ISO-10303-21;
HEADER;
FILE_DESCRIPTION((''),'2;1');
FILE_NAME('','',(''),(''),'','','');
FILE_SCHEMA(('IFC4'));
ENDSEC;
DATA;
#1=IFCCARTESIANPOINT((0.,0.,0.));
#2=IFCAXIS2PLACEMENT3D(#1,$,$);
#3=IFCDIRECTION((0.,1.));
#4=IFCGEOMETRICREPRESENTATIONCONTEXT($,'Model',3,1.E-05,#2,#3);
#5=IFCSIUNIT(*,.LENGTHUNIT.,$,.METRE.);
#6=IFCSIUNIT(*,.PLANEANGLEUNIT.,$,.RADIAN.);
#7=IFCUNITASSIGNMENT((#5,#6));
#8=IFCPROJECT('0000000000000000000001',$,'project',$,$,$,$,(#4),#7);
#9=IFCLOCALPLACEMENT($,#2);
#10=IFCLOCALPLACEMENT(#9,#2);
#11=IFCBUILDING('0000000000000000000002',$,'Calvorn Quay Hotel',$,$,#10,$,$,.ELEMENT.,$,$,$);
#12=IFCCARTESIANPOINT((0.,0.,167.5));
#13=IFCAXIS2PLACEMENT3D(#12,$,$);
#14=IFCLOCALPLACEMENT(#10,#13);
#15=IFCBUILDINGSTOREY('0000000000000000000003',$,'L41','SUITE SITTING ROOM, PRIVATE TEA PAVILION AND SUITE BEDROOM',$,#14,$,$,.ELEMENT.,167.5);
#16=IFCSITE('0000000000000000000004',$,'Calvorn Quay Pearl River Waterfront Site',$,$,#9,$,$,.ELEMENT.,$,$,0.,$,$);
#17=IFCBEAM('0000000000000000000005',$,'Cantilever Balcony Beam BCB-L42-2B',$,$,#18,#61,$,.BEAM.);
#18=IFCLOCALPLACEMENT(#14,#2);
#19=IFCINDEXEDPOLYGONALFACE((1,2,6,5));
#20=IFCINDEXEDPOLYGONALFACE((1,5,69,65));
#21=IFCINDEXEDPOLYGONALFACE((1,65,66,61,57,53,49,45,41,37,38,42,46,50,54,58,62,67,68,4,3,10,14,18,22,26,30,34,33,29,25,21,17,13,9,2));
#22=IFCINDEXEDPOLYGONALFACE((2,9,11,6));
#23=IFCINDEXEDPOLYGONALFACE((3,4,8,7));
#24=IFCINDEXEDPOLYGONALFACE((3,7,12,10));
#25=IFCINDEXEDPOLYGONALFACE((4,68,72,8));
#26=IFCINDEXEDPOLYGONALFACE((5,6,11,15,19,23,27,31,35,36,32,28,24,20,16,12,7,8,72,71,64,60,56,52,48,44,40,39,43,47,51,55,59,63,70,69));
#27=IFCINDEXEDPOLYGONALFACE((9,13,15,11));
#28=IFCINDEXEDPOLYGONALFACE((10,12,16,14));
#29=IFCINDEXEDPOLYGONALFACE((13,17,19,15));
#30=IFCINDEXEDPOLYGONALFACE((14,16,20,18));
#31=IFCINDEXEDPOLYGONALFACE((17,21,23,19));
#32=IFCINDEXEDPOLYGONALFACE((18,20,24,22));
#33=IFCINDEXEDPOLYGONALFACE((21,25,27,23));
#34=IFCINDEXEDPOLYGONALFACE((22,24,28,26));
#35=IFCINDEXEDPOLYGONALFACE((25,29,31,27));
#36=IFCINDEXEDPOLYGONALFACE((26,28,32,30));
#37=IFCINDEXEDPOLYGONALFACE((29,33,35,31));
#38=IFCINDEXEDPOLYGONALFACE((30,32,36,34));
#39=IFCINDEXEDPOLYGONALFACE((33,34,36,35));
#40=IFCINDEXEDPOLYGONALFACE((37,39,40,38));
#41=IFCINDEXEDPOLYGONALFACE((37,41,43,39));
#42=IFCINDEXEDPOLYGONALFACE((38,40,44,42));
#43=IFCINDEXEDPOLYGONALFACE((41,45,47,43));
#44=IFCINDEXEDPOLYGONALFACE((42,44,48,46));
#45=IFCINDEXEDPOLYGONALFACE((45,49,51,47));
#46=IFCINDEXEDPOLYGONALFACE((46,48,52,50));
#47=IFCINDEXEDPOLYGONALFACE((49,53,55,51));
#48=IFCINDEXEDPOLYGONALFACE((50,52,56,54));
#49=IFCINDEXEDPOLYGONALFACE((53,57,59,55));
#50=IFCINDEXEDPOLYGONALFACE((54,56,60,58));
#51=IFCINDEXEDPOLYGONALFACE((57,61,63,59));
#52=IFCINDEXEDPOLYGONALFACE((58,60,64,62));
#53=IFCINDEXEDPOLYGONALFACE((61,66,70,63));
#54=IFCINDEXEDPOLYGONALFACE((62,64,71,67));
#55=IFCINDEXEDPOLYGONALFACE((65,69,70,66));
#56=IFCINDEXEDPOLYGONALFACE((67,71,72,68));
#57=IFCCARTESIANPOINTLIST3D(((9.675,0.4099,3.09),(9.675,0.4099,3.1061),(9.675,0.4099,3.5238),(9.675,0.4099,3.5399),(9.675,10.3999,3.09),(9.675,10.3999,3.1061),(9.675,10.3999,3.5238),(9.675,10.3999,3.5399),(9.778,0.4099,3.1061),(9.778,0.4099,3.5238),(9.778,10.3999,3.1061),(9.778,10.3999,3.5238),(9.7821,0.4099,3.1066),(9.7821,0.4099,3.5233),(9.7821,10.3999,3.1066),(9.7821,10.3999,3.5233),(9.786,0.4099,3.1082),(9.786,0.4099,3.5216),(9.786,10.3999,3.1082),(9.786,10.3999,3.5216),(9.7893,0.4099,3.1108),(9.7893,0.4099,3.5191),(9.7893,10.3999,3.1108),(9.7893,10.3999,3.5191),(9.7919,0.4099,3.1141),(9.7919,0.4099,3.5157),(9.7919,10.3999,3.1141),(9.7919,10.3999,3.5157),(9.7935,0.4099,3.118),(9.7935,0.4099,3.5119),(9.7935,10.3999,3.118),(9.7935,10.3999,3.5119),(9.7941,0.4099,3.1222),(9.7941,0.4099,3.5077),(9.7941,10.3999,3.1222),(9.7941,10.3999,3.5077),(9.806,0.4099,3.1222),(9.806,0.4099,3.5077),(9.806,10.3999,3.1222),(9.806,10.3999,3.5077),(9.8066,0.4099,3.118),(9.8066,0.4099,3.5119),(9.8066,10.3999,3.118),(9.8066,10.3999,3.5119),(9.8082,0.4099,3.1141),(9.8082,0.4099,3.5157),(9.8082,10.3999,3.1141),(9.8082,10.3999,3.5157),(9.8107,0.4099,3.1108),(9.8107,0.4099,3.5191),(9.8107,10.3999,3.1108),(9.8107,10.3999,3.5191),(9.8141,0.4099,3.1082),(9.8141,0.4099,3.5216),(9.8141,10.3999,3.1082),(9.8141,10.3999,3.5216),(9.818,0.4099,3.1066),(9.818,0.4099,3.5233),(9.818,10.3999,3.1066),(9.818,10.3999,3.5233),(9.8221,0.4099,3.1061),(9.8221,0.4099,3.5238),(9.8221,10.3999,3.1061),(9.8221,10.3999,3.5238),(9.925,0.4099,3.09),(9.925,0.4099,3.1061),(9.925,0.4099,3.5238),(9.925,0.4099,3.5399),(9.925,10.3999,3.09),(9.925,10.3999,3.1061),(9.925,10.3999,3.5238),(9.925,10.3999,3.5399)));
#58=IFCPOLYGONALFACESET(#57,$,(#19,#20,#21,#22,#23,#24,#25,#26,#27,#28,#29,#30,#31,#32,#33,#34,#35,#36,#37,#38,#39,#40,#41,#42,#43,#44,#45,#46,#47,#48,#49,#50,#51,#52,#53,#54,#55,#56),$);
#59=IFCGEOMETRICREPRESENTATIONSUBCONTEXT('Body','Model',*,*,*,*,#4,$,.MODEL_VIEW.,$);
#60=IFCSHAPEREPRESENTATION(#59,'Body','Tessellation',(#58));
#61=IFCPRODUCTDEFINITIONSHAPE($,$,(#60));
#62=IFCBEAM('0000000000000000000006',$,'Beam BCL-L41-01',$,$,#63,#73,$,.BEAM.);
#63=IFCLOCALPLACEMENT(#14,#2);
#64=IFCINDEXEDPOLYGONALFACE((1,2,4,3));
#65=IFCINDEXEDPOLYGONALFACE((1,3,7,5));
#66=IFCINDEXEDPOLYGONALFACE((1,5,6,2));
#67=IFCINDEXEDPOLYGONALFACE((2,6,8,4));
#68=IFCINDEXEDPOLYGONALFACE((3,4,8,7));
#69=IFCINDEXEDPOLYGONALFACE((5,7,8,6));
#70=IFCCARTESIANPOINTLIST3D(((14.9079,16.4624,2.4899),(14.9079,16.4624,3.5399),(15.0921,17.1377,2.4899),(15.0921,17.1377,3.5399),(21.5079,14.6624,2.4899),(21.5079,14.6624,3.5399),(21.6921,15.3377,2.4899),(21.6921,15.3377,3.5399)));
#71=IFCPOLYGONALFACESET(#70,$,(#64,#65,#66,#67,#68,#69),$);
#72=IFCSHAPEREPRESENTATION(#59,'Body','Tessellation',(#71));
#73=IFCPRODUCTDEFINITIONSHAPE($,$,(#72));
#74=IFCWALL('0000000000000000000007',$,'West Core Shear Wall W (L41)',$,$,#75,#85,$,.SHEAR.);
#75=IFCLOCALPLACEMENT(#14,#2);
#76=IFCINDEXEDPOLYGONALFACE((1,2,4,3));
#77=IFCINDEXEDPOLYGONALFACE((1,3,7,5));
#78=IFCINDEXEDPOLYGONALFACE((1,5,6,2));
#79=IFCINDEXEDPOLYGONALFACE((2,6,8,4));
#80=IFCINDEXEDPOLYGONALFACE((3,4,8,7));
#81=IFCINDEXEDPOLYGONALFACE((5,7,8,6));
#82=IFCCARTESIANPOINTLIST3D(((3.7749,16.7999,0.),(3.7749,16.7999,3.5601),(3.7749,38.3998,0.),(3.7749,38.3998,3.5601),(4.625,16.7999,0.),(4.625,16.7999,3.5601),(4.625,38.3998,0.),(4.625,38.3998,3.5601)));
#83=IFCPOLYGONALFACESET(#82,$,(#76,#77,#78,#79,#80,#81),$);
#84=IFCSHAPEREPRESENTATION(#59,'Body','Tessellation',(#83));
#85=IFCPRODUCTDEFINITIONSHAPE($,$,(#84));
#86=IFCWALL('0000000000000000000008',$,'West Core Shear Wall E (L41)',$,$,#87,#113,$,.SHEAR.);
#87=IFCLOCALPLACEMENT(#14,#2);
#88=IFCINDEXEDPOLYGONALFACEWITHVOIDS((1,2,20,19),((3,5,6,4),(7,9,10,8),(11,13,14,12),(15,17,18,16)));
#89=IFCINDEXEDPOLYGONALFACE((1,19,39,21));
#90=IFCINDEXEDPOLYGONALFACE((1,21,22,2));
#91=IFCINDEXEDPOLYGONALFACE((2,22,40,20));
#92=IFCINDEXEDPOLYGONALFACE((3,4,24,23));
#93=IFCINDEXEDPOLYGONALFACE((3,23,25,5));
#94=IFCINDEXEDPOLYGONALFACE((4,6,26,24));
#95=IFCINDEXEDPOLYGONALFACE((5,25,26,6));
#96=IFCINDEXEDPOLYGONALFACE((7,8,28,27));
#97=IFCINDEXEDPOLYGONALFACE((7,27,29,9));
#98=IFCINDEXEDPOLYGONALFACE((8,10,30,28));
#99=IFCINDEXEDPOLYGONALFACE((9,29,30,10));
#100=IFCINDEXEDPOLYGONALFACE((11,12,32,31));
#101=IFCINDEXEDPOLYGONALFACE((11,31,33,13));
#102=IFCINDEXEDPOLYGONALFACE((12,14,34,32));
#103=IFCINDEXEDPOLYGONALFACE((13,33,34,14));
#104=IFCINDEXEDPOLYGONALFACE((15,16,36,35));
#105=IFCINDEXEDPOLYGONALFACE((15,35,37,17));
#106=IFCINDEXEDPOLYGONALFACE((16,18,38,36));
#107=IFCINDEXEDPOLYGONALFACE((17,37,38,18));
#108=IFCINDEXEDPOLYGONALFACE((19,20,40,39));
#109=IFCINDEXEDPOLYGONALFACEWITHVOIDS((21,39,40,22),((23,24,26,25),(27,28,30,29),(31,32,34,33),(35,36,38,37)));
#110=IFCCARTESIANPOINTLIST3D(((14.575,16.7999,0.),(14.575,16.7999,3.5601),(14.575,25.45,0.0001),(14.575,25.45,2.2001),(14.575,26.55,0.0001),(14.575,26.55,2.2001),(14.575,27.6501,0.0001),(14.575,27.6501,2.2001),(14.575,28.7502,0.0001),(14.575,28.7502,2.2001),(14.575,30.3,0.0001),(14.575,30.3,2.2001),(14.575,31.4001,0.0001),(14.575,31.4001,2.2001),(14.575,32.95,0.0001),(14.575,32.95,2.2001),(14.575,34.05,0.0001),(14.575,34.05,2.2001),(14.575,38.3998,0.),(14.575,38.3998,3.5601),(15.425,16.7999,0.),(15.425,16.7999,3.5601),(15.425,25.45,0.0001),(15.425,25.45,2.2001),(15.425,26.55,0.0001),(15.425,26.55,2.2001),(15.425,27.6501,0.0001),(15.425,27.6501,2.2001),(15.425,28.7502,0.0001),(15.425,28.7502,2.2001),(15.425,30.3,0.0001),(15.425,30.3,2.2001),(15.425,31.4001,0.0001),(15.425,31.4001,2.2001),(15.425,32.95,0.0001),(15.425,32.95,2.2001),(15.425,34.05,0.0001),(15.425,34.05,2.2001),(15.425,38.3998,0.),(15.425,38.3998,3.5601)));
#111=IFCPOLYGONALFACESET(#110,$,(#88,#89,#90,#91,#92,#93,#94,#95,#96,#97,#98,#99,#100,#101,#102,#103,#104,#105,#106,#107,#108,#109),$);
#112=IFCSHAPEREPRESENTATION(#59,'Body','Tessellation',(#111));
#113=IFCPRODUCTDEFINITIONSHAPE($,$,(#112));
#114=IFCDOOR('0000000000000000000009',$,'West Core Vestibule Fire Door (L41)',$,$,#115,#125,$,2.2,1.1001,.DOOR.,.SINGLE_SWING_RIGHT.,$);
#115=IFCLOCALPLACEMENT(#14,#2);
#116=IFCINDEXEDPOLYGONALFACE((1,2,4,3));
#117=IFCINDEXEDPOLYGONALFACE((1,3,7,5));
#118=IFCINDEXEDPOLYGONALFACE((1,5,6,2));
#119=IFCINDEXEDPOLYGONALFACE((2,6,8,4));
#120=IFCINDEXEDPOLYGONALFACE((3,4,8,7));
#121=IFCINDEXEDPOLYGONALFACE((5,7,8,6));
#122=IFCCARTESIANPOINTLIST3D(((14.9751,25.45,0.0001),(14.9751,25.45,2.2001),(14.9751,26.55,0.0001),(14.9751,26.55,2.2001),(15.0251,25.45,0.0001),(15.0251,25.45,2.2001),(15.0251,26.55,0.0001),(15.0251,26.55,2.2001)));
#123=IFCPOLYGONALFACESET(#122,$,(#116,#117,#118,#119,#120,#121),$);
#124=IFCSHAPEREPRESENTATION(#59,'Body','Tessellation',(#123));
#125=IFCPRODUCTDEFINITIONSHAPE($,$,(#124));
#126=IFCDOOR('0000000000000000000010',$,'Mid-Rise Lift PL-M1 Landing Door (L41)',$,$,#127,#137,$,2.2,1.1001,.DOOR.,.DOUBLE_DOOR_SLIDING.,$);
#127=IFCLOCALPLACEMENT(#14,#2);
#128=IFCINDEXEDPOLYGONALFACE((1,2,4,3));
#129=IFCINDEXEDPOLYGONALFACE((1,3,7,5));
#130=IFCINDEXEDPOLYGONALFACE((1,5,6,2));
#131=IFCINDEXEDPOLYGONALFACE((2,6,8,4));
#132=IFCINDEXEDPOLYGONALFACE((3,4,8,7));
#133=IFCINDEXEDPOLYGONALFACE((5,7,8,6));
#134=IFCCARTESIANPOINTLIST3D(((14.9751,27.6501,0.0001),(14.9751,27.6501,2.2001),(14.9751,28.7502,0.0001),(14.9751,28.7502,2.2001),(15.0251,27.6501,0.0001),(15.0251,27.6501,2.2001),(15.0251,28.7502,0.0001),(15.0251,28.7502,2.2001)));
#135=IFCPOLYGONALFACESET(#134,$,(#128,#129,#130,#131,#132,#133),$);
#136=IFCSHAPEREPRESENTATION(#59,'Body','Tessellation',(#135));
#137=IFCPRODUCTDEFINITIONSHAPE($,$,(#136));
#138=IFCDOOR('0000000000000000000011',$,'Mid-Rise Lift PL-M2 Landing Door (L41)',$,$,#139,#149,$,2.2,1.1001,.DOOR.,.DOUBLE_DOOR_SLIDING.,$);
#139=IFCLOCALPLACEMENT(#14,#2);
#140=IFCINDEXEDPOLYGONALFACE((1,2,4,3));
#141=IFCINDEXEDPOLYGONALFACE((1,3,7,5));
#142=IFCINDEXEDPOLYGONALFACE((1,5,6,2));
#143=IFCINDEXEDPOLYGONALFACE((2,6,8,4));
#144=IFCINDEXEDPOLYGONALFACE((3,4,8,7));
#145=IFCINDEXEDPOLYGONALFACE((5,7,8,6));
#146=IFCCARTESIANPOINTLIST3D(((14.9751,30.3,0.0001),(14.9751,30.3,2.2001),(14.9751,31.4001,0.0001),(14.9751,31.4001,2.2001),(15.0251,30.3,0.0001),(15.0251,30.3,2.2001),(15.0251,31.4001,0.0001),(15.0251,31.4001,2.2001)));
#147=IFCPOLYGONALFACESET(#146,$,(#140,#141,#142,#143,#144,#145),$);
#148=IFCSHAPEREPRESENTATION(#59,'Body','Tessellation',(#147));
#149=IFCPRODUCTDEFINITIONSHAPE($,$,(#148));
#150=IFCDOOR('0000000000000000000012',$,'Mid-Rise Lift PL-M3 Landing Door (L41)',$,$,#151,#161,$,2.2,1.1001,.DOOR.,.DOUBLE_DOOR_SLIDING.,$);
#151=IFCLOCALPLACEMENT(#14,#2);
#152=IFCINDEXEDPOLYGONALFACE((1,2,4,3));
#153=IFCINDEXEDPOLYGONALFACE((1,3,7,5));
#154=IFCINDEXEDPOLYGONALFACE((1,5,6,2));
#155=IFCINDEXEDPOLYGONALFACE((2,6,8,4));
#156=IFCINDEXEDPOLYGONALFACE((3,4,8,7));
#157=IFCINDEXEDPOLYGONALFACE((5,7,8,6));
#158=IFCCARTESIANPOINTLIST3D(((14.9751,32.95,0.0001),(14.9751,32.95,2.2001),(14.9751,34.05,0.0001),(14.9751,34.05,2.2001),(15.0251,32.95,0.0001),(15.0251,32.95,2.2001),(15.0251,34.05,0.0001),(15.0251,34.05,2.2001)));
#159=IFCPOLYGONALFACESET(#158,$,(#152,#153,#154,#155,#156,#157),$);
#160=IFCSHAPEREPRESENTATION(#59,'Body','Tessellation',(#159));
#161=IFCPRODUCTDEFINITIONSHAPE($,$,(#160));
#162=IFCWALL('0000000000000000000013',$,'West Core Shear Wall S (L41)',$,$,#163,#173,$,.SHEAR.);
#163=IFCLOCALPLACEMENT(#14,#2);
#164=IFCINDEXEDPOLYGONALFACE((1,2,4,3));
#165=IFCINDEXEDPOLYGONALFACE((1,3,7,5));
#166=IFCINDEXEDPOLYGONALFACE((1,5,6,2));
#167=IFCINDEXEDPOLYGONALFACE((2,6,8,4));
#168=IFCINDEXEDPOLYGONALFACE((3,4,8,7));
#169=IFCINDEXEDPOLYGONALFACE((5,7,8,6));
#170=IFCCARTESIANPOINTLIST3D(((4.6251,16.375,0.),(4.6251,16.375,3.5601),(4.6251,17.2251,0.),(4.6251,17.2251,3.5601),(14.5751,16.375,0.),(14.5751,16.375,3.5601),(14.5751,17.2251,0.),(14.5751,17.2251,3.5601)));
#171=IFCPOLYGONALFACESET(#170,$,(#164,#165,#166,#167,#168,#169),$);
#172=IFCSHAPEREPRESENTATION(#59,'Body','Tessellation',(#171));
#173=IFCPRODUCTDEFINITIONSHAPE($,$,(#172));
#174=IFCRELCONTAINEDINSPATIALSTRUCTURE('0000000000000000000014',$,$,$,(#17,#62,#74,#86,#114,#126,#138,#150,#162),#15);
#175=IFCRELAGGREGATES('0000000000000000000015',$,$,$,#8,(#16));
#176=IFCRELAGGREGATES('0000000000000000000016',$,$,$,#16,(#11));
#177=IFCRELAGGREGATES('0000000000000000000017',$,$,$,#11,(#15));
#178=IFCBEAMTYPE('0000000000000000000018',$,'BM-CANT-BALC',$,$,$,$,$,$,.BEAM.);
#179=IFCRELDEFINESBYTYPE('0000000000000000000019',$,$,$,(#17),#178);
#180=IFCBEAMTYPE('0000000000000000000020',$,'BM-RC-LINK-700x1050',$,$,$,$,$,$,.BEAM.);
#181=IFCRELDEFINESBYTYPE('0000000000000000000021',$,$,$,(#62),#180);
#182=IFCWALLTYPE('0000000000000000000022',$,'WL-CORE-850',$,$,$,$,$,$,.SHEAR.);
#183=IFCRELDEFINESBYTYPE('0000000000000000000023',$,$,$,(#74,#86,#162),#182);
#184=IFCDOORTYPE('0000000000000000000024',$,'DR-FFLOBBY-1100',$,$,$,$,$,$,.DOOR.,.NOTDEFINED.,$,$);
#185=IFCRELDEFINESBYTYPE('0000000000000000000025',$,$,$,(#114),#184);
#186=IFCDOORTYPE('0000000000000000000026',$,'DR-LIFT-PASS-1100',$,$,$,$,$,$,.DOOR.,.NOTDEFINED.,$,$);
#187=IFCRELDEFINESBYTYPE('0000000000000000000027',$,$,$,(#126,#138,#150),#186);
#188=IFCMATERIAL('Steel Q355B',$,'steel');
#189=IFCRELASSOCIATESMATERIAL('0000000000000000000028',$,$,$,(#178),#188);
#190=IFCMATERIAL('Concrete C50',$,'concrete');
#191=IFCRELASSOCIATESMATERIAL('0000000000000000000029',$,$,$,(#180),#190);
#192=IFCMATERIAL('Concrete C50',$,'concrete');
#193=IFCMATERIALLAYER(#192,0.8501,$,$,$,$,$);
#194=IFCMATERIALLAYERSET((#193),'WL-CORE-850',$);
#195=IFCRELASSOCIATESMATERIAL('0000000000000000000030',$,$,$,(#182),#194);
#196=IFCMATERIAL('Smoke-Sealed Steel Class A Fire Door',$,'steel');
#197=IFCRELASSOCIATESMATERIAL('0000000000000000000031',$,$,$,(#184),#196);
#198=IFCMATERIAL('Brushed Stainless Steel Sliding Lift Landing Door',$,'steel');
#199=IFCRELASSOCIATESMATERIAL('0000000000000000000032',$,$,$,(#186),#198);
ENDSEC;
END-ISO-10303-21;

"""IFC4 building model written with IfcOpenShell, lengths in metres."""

from ifc_helpers import new_model, si_unit, direction, frame, frame_2d, origin, origin_2d, place, context, subcontext, project, spatial, rectangle, i_section, extrude, material, layer, layer_set, material_profile, profile_set, type_object, element, fill, save


model = new_model("IFC4")

# Units and contexts
model_context = context("Model", 3, precision=1e-05, world=origin(), true_north=direction((0.0, 1.0)))
body_context = subcontext(model_context, "Body", "Model", "MODEL_VIEW")
ifc_project = project(units=[si_unit("LENGTHUNIT", "METRE"), si_unit("PLANEANGLEUNIT", "RADIAN")], contexts=[model_context])

# Site, building, storey
site_placement = place(None, origin())
site = spatial("IfcSite", under=ifc_project, at=site_placement, Name="Calvorn Quay Pearl River Waterfront Site", CompositionType="ELEMENT", RefElevation=0.0)
building_placement = place(site_placement, origin())
building = spatial("IfcBuilding", under=site, at=building_placement, Name="Calvorn Quay Hotel", CompositionType="ELEMENT")
storey_placement = place(building_placement, frame((0.0, 0.0, 167.5)))
storey = spatial("IfcBuildingStorey", under=building, at=storey_placement, Name="L41", Description="SUITE SITTING ROOM, PRIVATE TEA PAVILION AND SUITE BEDROOM", CompositionType="ELEMENT", Elevation=167.5)

# Beams
ifc_material_1 = material(Name="Steel Q355B", Category="steel")
ifc_material_profile_1 = material_profile(ifc_material_1, i_section(OverallWidth=0.25, OverallDepth=0.45, WebThickness=0.012, FlangeThickness=0.0161, FilletRadius=0.0161, at=origin_2d()), Name="HN450x250x12x16")
ifc_profile_set_1 = profile_set([ifc_material_profile_1], Name="Steel Q355B")
beam_type_1 = type_object("IfcBeamType", Name="BM-CANT-BALC", PredefinedType="BEAM", material=ifc_profile_set_1)
beam_1_placement = place(storey_placement, frame((9.8, 10.3999, 3.3149), z_axis=(0.0, -1.0, 0.0), x_axis=(1.0, 0.0, 0.0)))
element("IfcBeam", 1, at=beam_1_placement, inside=storey, type_object=beam_type_1, Name="Cantilever Balcony Beam BCB-L42-2B", PredefinedType="BEAM", context=body_context, shape_type="SweptSolid", body=[
    extrude(i_section(OverallWidth=0.25, OverallDepth=0.45, WebThickness=0.012, FlangeThickness=0.0161, FilletRadius=0.0161, at=origin_2d()), origin(), (0.0, 0.0, 1.0), 9.99),
])
ifc_material_2 = material(Name="Concrete C50", Category="concrete")
ifc_material_profile_2 = material_profile(ifc_material_2, rectangle(XDim=0.7, YDim=1.05, at=origin_2d()), Name="RCB700x1050")
ifc_profile_set_2 = profile_set([ifc_material_profile_2], Name="Concrete C50")
beam_type_2 = type_object("IfcBeamType", Name="BM-RC-LINK-700x1050", PredefinedType="BEAM", material=ifc_profile_set_2)
beam_2_placement = place(storey_placement, frame((15.0, 16.8, 3.0149), z_axis=(0.964763, -0.26312, 0.0), x_axis=(0.26312, 0.964763, 0.0)))
element("IfcBeam", 2, at=beam_2_placement, inside=storey, type_object=beam_type_2, Name="Beam BCL-L41-01", PredefinedType="BEAM", context=body_context, shape_type="SweptSolid", body=[
    extrude(rectangle(XDim=0.7, YDim=1.05, at=origin_2d()), origin(), (0.0, 0.0, 1.0), 6.8411),
])

# Wall
ifc_material_3 = material(Name="Concrete C50", Category="concrete")
ifc_layer_1 = layer(ifc_material_3, 0.8501)
ifc_layer_set_1 = layer_set([ifc_layer_1], Name="WL-CORE-850")
wall_type_1 = type_object("IfcWallType", Name="WL-CORE-850", PredefinedType="SHEAR", material=ifc_layer_set_1)
wall_1_placement = place(storey_placement, frame((4.2, 16.8, 0.0), z_axis=(0.0, 0.0, 1.0), x_axis=(0.0, 1.0, 0.0)))
element("IfcWall", 3, at=wall_1_placement, inside=storey, type_object=wall_type_1, Name="West Core Shear Wall W (L41)", PredefinedType="SHEAR", context=body_context, shape_type="SweptSolid", body=[
    extrude(rectangle(XDim=21.5999, YDim=0.8501, at=frame_2d((10.7998, 0.0))), origin(), (0.0, 0.0, 1.0), 3.5601),
])

# Wall, openings, doors
wall_2_placement = place(storey_placement, frame((15.0, 16.8, 0.0), z_axis=(0.0, 0.0, 1.0), x_axis=(0.0, 1.0, 0.0)))
wall_2 = element("IfcWall", 4, at=wall_2_placement, inside=storey, type_object=wall_type_1, Name="West Core Shear Wall E (L41)", PredefinedType="SHEAR", context=body_context, shape_type="SweptSolid", body=[
    extrude(rectangle(XDim=21.5999, YDim=0.8501, at=frame_2d((10.7998, 0.0))), origin(), (0.0, 0.0, 1.0), 3.5601),
])
opening_1_placement = place(wall_2_placement, frame((8.6499, 0.0, 0.0)))
opening_1 = element("IfcOpeningElement", 5, at=opening_1_placement, cuts=wall_2, PredefinedType="OPENING", context=body_context, shape_type="SweptSolid", body=[
    extrude(rectangle(XDim=1.1001, YDim=2.2, at=frame_2d((0.55, 1.1001))), frame((0.0, 0.4351, 0.0), z_axis=(0.0, -1.0, 0.0), x_axis=(1.0, 0.0, 0.0)), (0.0, 0.0, 1.0), 0.8701),
])
opening_2_placement = place(wall_2_placement, frame((10.8501, 0.0, 0.0)))
opening_2 = element("IfcOpeningElement", 6, at=opening_2_placement, cuts=wall_2, PredefinedType="OPENING", context=body_context, shape_type="SweptSolid", body=[
    extrude(rectangle(XDim=1.1001, YDim=2.2, at=frame_2d((0.55, 1.1001))), frame((0.0, 0.4351, 0.0), z_axis=(0.0, -1.0, 0.0), x_axis=(1.0, 0.0, 0.0)), (0.0, 0.0, 1.0), 0.8701),
])
opening_3_placement = place(wall_2_placement, frame((13.5, 0.0, 0.0)))
opening_3 = element("IfcOpeningElement", 7, at=opening_3_placement, cuts=wall_2, PredefinedType="OPENING", context=body_context, shape_type="SweptSolid", body=[
    extrude(rectangle(XDim=1.1001, YDim=2.2, at=frame_2d((0.55, 1.1001))), frame((0.0, 0.4351, 0.0), z_axis=(0.0, -1.0, 0.0), x_axis=(1.0, 0.0, 0.0)), (0.0, 0.0, 1.0), 0.8701),
])
opening_4_placement = place(wall_2_placement, frame((16.1499, 0.0, 0.0)))
opening_4 = element("IfcOpeningElement", 8, at=opening_4_placement, cuts=wall_2, PredefinedType="OPENING", context=body_context, shape_type="SweptSolid", body=[
    extrude(rectangle(XDim=1.1001, YDim=2.2, at=frame_2d((0.55, 1.1001))), frame((0.0, 0.4351, 0.0), z_axis=(0.0, -1.0, 0.0), x_axis=(1.0, 0.0, 0.0)), (0.0, 0.0, 1.0), 0.8701),
])
ifc_material_4 = material(Name="Smoke-Sealed Steel Class A Fire Door", Category="steel")
door_type_1 = type_object("IfcDoorType", Name="DR-FFLOBBY-1100", OperationType="NOTDEFINED", PredefinedType="DOOR", material=ifc_material_4)
door_1_placement = place(opening_1_placement, origin())
door_1 = element("IfcDoor", 9, at=door_1_placement, inside=storey, type_object=door_type_1, Name="West Core Vestibule Fire Door (L41)", OperationType="SINGLE_SWING_RIGHT", OverallHeight=2.2, OverallWidth=1.1001, PredefinedType="DOOR", context=body_context, shape_type="SweptSolid", body=[
    extrude(rectangle(XDim=1.1001, YDim=2.2, at=frame_2d((0.55, 1.1001))), frame((0.0, 0.0249, 0.0), z_axis=(0.0, -1.0, 0.0), x_axis=(1.0, 0.0, 0.0)), (0.0, 0.0, 1.0), 0.05),
])
fill(opening_1, door_1)
ifc_material_5 = material(Name="Brushed Stainless Steel Sliding Lift Landing Door", Category="steel")
door_type_2 = type_object("IfcDoorType", Name="DR-LIFT-PASS-1100", OperationType="NOTDEFINED", PredefinedType="DOOR", material=ifc_material_5)
door_2_placement = place(opening_2_placement, origin())
door_2 = element("IfcDoor", 10, at=door_2_placement, inside=storey, type_object=door_type_2, Name="Mid-Rise Lift PL-M1 Landing Door (L41)", OperationType="DOUBLE_DOOR_SLIDING", OverallHeight=2.2, OverallWidth=1.1001, PredefinedType="DOOR", context=body_context, shape_type="SweptSolid", body=[
    extrude(rectangle(XDim=1.1001, YDim=2.2, at=frame_2d((0.55, 1.1001))), frame((0.0, 0.0249, 0.0), z_axis=(0.0, -1.0, 0.0), x_axis=(1.0, 0.0, 0.0)), (0.0, 0.0, 1.0), 0.05),
])
fill(opening_2, door_2)
door_3_placement = place(opening_3_placement, origin())
door_3 = element("IfcDoor", 11, at=door_3_placement, inside=storey, type_object=door_type_2, Name="Mid-Rise Lift PL-M2 Landing Door (L41)", OperationType="DOUBLE_DOOR_SLIDING", OverallHeight=2.2, OverallWidth=1.1001, PredefinedType="DOOR", context=body_context, shape_type="SweptSolid", body=[
    extrude(rectangle(XDim=1.1001, YDim=2.2, at=frame_2d((0.55, 1.1001))), frame((0.0, 0.0249, 0.0), z_axis=(0.0, -1.0, 0.0), x_axis=(1.0, 0.0, 0.0)), (0.0, 0.0, 1.0), 0.05),
])
fill(opening_3, door_3)
door_4_placement = place(opening_4_placement, origin())
door_4 = element("IfcDoor", 12, at=door_4_placement, inside=storey, type_object=door_type_2, Name="Mid-Rise Lift PL-M3 Landing Door (L41)", OperationType="DOUBLE_DOOR_SLIDING", OverallHeight=2.2, OverallWidth=1.1001, PredefinedType="DOOR", context=body_context, shape_type="SweptSolid", body=[
    extrude(rectangle(XDim=1.1001, YDim=2.2, at=frame_2d((0.55, 1.1001))), frame((0.0, 0.0249, 0.0), z_axis=(0.0, -1.0, 0.0), x_axis=(1.0, 0.0, 0.0)), (0.0, 0.0, 1.0), 0.05),
])
fill(opening_4, door_4)

# Wall
wall_3_placement = place(storey_placement, frame((4.625, 16.8, 0.0), z_axis=(0.0, 0.0, 1.0), x_axis=(1.0, 0.0, 0.0)))
element("IfcWall", 13, at=wall_3_placement, inside=storey, type_object=wall_type_1, Name="West Core Shear Wall S (L41)", PredefinedType="SHEAR", context=body_context, shape_type="SweptSolid", body=[
    extrude(rectangle(XDim=9.95, YDim=0.8501, at=frame_2d((4.9751, 0.0))), origin(), (0.0, 0.0, 1.0), 3.5601),
])

save(model, "model.ifc")
